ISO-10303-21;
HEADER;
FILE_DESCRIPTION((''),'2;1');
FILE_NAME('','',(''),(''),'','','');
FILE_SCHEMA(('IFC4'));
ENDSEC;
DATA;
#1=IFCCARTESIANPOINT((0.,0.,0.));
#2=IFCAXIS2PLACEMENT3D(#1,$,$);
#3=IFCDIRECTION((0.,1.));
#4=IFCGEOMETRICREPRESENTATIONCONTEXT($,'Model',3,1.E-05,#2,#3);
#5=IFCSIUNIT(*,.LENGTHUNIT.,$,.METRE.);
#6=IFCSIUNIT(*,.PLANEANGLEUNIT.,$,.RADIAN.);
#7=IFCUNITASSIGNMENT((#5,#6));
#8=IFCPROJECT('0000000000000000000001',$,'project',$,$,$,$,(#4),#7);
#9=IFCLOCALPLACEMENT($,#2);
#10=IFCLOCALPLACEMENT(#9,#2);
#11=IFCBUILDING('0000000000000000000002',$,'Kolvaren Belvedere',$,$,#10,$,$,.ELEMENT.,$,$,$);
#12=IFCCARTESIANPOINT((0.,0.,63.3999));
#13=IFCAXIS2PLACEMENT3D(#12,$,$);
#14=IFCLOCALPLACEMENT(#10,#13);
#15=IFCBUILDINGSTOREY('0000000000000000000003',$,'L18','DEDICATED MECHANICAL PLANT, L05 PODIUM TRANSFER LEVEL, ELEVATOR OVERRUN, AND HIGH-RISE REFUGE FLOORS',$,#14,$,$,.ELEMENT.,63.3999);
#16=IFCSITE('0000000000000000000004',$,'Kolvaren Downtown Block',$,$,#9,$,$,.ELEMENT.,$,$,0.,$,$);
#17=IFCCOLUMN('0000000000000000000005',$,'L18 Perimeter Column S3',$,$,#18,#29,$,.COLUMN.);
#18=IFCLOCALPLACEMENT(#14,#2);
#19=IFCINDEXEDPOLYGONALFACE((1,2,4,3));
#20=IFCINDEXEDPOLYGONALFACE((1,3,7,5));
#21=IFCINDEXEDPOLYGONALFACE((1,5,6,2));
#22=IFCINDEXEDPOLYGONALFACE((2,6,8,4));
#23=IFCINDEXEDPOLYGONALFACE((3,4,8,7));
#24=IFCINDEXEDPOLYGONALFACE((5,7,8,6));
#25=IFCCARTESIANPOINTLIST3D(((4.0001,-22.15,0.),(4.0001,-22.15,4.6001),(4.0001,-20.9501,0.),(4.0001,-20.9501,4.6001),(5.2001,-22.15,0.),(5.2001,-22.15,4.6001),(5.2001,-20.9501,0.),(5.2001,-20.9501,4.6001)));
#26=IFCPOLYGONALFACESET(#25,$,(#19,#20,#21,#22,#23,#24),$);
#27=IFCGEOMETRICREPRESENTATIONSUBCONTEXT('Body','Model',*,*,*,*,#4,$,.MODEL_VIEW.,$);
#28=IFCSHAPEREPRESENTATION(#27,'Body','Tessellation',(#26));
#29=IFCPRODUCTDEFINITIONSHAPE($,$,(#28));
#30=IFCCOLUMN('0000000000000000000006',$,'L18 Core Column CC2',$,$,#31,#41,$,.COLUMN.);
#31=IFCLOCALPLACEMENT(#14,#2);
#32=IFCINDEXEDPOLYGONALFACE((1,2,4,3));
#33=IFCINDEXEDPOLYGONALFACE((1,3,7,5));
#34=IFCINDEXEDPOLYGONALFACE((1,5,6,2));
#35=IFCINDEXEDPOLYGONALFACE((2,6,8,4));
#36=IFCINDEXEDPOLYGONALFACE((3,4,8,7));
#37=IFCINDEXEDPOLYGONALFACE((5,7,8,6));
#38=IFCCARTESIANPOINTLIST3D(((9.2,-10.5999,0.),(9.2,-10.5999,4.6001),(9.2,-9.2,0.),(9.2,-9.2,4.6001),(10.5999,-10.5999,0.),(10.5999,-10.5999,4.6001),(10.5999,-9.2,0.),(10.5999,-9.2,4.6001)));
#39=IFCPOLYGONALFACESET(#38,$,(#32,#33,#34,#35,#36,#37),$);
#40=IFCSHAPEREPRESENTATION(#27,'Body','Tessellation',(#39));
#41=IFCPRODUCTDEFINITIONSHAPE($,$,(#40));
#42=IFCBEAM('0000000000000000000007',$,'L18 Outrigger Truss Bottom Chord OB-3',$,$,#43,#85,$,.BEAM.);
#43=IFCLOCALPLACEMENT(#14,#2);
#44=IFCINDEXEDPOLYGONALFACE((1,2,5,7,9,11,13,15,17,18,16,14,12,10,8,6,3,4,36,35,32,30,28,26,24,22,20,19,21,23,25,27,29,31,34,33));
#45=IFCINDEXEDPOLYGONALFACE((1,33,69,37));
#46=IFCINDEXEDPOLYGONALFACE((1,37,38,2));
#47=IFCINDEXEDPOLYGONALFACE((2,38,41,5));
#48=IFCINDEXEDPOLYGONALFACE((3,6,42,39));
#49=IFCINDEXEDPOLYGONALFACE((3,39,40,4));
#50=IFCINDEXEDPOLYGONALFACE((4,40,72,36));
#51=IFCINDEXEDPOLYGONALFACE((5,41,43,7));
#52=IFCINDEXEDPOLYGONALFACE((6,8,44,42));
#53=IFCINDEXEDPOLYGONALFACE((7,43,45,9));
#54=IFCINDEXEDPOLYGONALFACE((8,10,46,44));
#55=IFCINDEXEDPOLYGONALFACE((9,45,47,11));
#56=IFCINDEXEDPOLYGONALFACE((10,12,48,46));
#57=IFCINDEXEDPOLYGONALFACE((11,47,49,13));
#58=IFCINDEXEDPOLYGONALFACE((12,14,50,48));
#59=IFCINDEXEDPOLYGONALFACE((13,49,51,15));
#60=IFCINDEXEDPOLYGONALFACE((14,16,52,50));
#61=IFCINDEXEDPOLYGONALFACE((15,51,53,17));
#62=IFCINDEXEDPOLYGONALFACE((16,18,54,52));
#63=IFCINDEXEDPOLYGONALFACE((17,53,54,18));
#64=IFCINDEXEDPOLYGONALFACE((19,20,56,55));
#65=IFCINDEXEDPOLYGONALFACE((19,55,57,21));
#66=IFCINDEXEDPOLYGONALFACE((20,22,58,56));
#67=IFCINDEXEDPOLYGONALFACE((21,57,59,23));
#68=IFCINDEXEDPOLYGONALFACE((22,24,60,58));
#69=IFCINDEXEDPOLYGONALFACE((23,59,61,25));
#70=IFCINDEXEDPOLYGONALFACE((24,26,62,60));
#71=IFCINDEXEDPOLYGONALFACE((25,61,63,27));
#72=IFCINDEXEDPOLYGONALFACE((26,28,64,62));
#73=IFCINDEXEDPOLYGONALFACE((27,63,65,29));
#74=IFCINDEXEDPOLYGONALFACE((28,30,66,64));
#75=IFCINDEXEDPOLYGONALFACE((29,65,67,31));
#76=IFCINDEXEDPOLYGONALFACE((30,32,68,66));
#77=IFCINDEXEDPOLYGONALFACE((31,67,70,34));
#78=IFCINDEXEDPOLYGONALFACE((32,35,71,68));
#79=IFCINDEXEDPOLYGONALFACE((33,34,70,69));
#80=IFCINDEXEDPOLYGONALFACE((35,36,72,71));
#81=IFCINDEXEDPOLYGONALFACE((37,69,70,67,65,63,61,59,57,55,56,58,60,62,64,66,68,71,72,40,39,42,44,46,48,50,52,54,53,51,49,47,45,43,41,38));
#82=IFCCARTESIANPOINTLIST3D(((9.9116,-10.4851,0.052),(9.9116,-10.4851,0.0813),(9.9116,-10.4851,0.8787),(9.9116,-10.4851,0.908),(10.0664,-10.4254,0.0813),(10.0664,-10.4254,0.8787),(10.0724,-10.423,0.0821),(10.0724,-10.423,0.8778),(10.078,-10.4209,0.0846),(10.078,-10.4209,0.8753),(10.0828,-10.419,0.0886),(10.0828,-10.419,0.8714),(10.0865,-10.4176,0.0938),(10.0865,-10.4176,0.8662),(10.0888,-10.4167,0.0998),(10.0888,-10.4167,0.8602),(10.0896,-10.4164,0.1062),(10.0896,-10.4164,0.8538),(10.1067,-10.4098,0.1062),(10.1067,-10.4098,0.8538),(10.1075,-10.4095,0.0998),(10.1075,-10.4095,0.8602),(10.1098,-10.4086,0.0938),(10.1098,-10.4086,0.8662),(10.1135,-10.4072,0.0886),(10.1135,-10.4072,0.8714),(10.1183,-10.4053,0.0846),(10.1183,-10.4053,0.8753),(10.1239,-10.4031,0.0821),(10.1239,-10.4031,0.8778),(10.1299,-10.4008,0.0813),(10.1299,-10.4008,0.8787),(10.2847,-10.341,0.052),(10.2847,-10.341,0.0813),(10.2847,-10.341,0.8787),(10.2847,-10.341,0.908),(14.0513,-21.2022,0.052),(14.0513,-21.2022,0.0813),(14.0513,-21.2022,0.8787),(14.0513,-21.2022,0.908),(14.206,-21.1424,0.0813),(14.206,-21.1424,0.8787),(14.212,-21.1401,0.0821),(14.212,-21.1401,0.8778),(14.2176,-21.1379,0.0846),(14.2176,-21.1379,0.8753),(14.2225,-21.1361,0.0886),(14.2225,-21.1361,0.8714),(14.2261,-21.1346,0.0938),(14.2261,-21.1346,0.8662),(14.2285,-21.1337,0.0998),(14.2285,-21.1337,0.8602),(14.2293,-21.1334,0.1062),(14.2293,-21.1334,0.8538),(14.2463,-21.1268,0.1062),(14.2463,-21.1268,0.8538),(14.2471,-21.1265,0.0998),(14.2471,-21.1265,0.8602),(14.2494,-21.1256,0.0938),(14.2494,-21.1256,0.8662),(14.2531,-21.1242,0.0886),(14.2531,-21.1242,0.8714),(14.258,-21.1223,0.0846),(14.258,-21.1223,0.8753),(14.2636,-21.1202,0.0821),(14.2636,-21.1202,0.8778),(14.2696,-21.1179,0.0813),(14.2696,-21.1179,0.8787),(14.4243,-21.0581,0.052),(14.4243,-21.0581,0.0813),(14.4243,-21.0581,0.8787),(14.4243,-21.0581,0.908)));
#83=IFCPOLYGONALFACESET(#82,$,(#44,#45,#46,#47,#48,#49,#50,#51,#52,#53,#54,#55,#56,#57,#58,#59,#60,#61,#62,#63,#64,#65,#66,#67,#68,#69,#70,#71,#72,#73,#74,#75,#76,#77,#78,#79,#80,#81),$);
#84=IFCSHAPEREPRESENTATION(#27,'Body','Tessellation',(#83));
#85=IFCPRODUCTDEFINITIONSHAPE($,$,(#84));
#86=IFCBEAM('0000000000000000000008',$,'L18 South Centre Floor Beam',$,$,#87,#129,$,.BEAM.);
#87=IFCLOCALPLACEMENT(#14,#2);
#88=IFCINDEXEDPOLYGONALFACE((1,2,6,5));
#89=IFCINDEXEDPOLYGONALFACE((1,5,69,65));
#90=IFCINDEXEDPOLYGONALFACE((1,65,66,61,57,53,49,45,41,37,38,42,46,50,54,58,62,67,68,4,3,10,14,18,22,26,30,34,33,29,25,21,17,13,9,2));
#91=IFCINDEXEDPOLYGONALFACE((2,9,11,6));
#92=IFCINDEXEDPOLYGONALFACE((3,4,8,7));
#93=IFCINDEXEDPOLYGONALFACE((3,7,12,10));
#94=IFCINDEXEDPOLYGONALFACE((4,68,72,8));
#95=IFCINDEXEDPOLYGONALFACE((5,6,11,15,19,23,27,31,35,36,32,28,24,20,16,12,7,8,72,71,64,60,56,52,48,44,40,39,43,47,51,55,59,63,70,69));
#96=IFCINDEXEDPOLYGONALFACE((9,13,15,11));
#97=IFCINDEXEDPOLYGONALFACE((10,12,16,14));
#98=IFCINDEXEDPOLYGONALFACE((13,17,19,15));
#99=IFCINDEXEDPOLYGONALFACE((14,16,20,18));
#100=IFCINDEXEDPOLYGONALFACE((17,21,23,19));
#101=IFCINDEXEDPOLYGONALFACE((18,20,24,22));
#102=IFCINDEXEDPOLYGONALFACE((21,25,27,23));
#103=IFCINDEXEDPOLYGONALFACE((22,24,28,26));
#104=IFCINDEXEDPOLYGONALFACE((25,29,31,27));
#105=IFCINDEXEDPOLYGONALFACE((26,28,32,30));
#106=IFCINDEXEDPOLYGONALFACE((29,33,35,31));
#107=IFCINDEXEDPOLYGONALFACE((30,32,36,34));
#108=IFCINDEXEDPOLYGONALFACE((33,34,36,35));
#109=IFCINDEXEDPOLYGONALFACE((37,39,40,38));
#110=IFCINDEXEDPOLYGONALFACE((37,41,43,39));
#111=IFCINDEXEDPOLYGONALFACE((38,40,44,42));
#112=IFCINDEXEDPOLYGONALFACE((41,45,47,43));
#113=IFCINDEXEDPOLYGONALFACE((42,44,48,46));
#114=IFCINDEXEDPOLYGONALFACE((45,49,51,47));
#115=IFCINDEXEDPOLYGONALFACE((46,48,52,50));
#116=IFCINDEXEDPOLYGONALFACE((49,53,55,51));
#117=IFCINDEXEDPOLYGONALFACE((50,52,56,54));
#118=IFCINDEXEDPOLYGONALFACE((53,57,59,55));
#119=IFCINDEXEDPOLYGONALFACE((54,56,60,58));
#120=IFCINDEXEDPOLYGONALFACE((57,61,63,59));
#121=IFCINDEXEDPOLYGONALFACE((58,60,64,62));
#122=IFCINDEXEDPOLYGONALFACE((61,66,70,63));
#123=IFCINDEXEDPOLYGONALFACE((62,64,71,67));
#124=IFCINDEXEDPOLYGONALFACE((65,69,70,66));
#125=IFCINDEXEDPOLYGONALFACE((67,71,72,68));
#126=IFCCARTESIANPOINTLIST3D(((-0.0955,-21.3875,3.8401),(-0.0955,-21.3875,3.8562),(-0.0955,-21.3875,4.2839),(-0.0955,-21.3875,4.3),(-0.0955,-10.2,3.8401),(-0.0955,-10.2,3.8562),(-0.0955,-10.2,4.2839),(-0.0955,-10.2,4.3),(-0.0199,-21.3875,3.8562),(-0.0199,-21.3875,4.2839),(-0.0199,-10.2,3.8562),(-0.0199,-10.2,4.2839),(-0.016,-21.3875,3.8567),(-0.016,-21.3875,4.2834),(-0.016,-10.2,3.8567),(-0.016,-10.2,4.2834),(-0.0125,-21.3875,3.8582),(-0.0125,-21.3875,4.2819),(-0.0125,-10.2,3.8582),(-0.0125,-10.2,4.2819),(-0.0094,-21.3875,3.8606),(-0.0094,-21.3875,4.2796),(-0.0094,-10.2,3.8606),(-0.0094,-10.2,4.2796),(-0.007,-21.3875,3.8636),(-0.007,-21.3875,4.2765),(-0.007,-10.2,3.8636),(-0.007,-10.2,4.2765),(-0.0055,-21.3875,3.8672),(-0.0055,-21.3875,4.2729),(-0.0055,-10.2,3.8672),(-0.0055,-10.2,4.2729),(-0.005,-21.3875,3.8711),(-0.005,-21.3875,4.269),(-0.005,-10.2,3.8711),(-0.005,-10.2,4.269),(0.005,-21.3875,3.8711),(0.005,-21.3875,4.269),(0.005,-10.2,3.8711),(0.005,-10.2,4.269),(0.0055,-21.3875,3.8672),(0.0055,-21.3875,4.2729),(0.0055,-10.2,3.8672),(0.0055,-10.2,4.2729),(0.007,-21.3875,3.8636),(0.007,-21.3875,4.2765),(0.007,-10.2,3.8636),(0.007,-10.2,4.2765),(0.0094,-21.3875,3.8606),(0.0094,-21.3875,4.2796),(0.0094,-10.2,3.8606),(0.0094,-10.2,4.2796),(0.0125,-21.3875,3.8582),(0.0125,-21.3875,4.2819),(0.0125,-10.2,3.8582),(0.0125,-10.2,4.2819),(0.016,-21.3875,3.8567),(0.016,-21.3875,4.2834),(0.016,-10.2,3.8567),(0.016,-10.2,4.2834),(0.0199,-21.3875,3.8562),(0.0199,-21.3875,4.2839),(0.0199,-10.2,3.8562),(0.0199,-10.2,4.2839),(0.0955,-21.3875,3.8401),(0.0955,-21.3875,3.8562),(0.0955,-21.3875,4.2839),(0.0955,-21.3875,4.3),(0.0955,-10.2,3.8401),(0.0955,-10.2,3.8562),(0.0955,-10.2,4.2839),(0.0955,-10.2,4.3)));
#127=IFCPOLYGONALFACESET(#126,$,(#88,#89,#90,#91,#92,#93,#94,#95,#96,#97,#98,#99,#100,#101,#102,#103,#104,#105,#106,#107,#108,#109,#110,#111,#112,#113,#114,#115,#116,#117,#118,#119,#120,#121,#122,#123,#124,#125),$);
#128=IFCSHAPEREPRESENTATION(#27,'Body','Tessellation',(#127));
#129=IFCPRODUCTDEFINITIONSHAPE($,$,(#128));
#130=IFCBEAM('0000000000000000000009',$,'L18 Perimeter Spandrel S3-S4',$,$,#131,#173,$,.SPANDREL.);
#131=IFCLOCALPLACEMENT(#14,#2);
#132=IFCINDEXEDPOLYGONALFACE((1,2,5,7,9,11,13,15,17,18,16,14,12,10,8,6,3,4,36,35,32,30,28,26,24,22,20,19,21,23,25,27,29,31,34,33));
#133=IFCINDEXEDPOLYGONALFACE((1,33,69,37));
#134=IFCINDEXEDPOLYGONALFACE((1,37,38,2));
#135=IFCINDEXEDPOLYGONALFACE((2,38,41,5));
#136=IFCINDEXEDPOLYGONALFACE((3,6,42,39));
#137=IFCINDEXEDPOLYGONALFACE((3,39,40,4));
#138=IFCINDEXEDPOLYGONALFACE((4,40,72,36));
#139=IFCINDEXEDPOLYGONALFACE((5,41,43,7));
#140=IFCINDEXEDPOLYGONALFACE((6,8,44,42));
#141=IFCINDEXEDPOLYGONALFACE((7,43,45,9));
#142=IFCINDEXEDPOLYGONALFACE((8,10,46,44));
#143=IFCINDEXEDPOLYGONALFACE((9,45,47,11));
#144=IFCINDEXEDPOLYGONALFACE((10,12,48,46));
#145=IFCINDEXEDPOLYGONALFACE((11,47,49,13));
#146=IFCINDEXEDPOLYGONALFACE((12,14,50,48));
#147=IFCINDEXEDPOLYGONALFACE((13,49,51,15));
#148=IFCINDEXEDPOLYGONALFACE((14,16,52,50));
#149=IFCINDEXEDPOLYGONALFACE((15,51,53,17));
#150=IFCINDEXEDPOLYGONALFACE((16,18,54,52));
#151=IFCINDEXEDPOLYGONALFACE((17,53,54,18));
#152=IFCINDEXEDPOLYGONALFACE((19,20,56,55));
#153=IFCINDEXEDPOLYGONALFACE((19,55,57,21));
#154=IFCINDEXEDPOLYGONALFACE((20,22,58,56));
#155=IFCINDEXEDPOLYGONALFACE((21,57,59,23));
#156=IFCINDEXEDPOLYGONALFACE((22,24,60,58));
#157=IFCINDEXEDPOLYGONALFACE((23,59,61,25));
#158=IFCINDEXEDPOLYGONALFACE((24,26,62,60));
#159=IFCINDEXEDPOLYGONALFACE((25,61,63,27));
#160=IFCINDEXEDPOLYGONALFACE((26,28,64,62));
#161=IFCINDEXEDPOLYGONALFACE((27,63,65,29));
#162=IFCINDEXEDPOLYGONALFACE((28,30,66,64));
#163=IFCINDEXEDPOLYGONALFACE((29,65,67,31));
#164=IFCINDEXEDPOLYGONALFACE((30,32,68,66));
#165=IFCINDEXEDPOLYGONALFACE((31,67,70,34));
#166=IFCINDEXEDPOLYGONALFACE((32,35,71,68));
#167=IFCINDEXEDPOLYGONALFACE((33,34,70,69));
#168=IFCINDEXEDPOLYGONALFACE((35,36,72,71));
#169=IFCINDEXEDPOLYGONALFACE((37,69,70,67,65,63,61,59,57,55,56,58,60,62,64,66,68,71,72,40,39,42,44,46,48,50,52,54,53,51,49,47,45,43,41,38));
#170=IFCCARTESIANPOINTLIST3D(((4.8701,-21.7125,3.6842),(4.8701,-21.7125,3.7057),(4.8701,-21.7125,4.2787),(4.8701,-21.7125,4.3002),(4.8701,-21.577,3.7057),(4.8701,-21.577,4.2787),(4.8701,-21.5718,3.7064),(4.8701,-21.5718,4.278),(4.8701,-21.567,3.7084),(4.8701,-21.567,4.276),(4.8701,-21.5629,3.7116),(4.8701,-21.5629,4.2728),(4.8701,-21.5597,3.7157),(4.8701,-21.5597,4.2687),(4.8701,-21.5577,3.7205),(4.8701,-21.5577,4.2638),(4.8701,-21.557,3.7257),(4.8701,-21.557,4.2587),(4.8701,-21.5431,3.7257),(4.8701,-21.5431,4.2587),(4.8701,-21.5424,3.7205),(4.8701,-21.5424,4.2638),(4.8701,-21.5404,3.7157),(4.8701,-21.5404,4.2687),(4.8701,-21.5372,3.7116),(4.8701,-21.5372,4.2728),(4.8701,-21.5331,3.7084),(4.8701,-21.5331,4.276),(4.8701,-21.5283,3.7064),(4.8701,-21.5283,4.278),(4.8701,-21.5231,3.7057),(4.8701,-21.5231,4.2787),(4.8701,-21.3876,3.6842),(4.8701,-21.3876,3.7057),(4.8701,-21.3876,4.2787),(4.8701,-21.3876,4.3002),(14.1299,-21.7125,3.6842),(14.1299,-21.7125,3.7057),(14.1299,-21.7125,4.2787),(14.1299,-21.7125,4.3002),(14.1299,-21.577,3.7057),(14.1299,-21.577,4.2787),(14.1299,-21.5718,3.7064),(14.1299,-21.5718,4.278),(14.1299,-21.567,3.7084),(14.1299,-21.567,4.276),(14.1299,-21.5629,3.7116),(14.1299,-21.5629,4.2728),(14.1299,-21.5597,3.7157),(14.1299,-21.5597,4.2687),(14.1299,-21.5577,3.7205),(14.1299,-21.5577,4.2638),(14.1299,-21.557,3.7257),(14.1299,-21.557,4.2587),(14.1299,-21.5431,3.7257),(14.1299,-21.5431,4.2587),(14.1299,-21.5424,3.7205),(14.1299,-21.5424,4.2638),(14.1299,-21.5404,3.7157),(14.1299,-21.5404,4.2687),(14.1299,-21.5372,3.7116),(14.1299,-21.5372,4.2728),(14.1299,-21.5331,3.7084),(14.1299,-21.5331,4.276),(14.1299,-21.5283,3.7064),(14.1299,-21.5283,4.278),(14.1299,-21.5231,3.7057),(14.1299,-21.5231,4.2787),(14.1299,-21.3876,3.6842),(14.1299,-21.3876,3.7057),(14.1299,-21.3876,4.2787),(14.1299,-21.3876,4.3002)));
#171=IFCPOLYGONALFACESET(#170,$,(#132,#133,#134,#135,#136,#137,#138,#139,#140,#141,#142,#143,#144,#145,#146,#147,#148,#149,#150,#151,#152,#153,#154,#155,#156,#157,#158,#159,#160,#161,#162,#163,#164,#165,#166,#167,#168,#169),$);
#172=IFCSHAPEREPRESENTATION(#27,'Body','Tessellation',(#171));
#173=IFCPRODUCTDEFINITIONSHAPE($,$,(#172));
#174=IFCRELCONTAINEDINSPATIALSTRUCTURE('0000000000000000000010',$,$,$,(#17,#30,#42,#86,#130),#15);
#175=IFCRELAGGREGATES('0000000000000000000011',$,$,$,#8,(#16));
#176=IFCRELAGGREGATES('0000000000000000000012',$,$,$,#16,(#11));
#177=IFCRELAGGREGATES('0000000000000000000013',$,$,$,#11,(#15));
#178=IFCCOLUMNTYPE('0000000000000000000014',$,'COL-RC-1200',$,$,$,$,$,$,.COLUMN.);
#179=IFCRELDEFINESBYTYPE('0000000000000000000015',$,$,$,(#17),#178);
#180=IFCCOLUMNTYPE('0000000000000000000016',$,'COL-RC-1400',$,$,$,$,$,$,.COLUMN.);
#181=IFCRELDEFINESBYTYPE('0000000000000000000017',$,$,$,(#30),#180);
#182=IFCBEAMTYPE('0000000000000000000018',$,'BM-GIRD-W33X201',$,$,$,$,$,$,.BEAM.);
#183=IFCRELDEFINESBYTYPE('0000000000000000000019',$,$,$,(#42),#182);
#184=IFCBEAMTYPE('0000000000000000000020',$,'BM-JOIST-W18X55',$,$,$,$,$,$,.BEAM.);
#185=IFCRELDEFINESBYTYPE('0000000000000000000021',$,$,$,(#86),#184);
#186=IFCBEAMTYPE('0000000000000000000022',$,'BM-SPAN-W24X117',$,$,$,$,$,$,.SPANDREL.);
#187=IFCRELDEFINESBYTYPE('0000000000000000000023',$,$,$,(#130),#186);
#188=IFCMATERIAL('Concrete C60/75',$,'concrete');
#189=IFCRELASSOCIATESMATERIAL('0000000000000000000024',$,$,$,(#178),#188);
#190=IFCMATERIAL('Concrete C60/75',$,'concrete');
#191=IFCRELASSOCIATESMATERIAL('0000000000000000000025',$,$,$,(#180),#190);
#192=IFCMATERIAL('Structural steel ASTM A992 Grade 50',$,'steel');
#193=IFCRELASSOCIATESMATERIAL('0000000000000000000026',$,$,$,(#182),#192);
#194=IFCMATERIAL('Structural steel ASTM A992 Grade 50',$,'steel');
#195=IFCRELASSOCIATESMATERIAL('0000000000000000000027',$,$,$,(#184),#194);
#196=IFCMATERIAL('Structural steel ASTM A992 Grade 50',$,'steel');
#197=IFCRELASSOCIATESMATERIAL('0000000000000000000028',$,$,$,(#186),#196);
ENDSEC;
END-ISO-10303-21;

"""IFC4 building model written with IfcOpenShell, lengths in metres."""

from ifc_helpers import new_model, si_unit, direction, frame, origin, origin_2d, place, context, subcontext, project, spatial, rectangle, i_section, extrude, material, material_profile, profile_set, type_object, element, save


model = new_model("IFC4")

# Units and contexts
model_context = context("Model", 3, precision=1e-05, world=origin(), true_north=direction((0.0, 1.0)))
body_context = subcontext(model_context, "Body", "Model", "MODEL_VIEW")
ifc_project = project(units=[si_unit("LENGTHUNIT", "METRE"), si_unit("PLANEANGLEUNIT", "RADIAN")], contexts=[model_context])

# Site, building, storey
site_placement = place(None, origin())
site = spatial("IfcSite", under=ifc_project, at=site_placement, Name="Kolvaren Downtown Block", CompositionType="ELEMENT", RefElevation=0.0)
building_placement = place(site_placement, origin())
building = spatial("IfcBuilding", under=site, at=building_placement, Name="Kolvaren Belvedere", CompositionType="ELEMENT")
storey_placement = place(building_placement, frame((0.0, 0.0, 63.3999)))
storey = spatial("IfcBuildingStorey", under=building, at=storey_placement, Name="L18", Description="DEDICATED MECHANICAL PLANT, L05 PODIUM TRANSFER LEVEL, ELEVATOR OVERRUN, AND HIGH-RISE REFUGE FLOORS", CompositionType="ELEMENT", Elevation=63.3999)

# Columns
ifc_material_1 = material(Name="Concrete C60/75", Category="concrete")
ifc_material_profile_1 = material_profile(ifc_material_1, rectangle(XDim=1.2, YDim=1.2, at=origin_2d()), Name="RC 1200X1200")
ifc_profile_set_1 = profile_set([ifc_material_profile_1], Name="Concrete C60/75")
column_type_1 = type_object("IfcColumnType", Name="COL-RC-1200", PredefinedType="COLUMN", material=ifc_profile_set_1)
column_1_placement = place(storey_placement, frame((4.6001, -21.55, 0.0), z_axis=(0.0, 0.0, 1.0), x_axis=(1.0, 0.0, 0.0)))
element("IfcColumn", 1, at=column_1_placement, inside=storey, type_object=column_type_1, Name="L18 Perimeter Column S3", PredefinedType="COLUMN", context=body_context, shape_type="SweptSolid", body=[
    extrude(rectangle(XDim=1.2, YDim=1.2, at=origin_2d()), origin(), (0.0, 0.0, 1.0), 4.6001),
])
ifc_material_2 = material(Name="Concrete C60/75", Category="concrete")
ifc_material_profile_2 = material_profile(ifc_material_2, rectangle(XDim=1.3999, YDim=1.3999, at=origin_2d()), Name="RC 1400X1400")
ifc_profile_set_2 = profile_set([ifc_material_profile_2], Name="Concrete C60/75")
column_type_2 = type_object("IfcColumnType", Name="COL-RC-1400", PredefinedType="COLUMN", material=ifc_profile_set_2)
column_2_placement = place(storey_placement, frame((9.8999, -9.8999, 0.0), z_axis=(0.0, 0.0, 1.0), x_axis=(1.0, 0.0, 0.0)))
element("IfcColumn", 2, at=column_2_placement, inside=storey, type_object=column_type_2, Name="L18 Core Column CC2", PredefinedType="COLUMN", context=body_context, shape_type="SweptSolid", body=[
    extrude(rectangle(XDim=1.3999, YDim=1.3999, at=origin_2d()), origin(), (0.0, 0.0, 1.0), 4.6001),
])

# Beams
ifc_material_3 = material(Name="Structural steel ASTM A992 Grade 50", Category="steel")
ifc_material_profile_3 = material_profile(ifc_material_3, i_section(OverallWidth=0.3999, OverallDepth=0.856, WebThickness=0.0183, FlangeThickness=0.0293, FilletRadius=0.0249, at=origin_2d()), Name="W33X201")
ifc_profile_set_3 = profile_set([ifc_material_profile_3], Name="Structural steel ASTM A992 Grade 50")
beam_type_1 = type_object("IfcBeamType", Name="BM-GIRD-W33X201", PredefinedType="BEAM", material=ifc_profile_set_3)
beam_1_placement = place(storey_placement, frame((10.0981, -10.4131, 0.48), z_axis=(0.360322, -0.932828, 0.0), x_axis=(0.932828, 0.360322, 0.0)))
element("IfcBeam", 3, at=beam_1_placement, inside=storey, type_object=beam_type_1, Name="L18 Outrigger Truss Bottom Chord OB-3", PredefinedType="BEAM", context=body_context, shape_type="SweptSolid", body=[
    extrude(i_section(OverallWidth=0.3999, OverallDepth=0.856, WebThickness=0.0183, FlangeThickness=0.0293, FilletRadius=0.0249, at=origin_2d()), origin(), (0.0, 0.0, 1.0), 11.4888),
])
ifc_material_4 = material(Name="Structural steel ASTM A992 Grade 50", Category="steel")
ifc_material_profile_4 = material_profile(ifc_material_4, i_section(OverallWidth=0.1909, OverallDepth=0.46, WebThickness=0.01, FlangeThickness=0.0161, FilletRadius=0.0149, at=origin_2d()), Name="W18X55")
ifc_profile_set_4 = profile_set([ifc_material_profile_4], Name="Structural steel ASTM A992 Grade 50")
beam_type_2 = type_object("IfcBeamType", Name="BM-JOIST-W18X55", PredefinedType="BEAM", material=ifc_profile_set_4)
beam_2_placement = place(storey_placement, frame((0.0, -10.2, 4.0701), z_axis=(0.0, -1.0, 0.0), x_axis=(1.0, 0.0, 0.0)))
element("IfcBeam", 4, at=beam_2_placement, inside=storey, type_object=beam_type_2, Name="L18 South Centre Floor Beam", PredefinedType="BEAM", context=body_context, shape_type="SweptSolid", body=[
    extrude(i_section(OverallWidth=0.1909, OverallDepth=0.46, WebThickness=0.01, FlangeThickness=0.0161, FilletRadius=0.0149, at=origin_2d()), origin(), (0.0, 0.0, 1.0), 11.1875),
])
ifc_material_5 = material(Name="Structural steel ASTM A992 Grade 50", Category="steel")
ifc_material_profile_5 = material_profile(ifc_material_5, i_section(OverallWidth=0.325, OverallDepth=0.616, WebThickness=0.0139, FlangeThickness=0.0215, FilletRadius=0.02, at=origin_2d()), Name="W24X117")
ifc_profile_set_5 = profile_set([ifc_material_profile_5], Name="Structural steel ASTM A992 Grade 50")
beam_type_3 = type_object("IfcBeamType", Name="BM-SPAN-W24X117", PredefinedType="SPANDREL", material=ifc_profile_set_5)
beam_3_placement = place(storey_placement, frame((4.8701, -21.55, 3.9922), z_axis=(1.0, 0.0, 0.0), x_axis=(0.0, 1.0, 0.0)))
element("IfcBeam", 5, at=beam_3_placement, inside=storey, type_object=beam_type_3, Name="L18 Perimeter Spandrel S3-S4", PredefinedType="SPANDREL", context=body_context, shape_type="SweptSolid", body=[
    extrude(i_section(OverallWidth=0.325, OverallDepth=0.616, WebThickness=0.0139, FlangeThickness=0.0215, FilletRadius=0.02, at=origin_2d()), origin(), (0.0, 0.0, 1.0), 9.2598),
])

save(model, "model.ifc")
